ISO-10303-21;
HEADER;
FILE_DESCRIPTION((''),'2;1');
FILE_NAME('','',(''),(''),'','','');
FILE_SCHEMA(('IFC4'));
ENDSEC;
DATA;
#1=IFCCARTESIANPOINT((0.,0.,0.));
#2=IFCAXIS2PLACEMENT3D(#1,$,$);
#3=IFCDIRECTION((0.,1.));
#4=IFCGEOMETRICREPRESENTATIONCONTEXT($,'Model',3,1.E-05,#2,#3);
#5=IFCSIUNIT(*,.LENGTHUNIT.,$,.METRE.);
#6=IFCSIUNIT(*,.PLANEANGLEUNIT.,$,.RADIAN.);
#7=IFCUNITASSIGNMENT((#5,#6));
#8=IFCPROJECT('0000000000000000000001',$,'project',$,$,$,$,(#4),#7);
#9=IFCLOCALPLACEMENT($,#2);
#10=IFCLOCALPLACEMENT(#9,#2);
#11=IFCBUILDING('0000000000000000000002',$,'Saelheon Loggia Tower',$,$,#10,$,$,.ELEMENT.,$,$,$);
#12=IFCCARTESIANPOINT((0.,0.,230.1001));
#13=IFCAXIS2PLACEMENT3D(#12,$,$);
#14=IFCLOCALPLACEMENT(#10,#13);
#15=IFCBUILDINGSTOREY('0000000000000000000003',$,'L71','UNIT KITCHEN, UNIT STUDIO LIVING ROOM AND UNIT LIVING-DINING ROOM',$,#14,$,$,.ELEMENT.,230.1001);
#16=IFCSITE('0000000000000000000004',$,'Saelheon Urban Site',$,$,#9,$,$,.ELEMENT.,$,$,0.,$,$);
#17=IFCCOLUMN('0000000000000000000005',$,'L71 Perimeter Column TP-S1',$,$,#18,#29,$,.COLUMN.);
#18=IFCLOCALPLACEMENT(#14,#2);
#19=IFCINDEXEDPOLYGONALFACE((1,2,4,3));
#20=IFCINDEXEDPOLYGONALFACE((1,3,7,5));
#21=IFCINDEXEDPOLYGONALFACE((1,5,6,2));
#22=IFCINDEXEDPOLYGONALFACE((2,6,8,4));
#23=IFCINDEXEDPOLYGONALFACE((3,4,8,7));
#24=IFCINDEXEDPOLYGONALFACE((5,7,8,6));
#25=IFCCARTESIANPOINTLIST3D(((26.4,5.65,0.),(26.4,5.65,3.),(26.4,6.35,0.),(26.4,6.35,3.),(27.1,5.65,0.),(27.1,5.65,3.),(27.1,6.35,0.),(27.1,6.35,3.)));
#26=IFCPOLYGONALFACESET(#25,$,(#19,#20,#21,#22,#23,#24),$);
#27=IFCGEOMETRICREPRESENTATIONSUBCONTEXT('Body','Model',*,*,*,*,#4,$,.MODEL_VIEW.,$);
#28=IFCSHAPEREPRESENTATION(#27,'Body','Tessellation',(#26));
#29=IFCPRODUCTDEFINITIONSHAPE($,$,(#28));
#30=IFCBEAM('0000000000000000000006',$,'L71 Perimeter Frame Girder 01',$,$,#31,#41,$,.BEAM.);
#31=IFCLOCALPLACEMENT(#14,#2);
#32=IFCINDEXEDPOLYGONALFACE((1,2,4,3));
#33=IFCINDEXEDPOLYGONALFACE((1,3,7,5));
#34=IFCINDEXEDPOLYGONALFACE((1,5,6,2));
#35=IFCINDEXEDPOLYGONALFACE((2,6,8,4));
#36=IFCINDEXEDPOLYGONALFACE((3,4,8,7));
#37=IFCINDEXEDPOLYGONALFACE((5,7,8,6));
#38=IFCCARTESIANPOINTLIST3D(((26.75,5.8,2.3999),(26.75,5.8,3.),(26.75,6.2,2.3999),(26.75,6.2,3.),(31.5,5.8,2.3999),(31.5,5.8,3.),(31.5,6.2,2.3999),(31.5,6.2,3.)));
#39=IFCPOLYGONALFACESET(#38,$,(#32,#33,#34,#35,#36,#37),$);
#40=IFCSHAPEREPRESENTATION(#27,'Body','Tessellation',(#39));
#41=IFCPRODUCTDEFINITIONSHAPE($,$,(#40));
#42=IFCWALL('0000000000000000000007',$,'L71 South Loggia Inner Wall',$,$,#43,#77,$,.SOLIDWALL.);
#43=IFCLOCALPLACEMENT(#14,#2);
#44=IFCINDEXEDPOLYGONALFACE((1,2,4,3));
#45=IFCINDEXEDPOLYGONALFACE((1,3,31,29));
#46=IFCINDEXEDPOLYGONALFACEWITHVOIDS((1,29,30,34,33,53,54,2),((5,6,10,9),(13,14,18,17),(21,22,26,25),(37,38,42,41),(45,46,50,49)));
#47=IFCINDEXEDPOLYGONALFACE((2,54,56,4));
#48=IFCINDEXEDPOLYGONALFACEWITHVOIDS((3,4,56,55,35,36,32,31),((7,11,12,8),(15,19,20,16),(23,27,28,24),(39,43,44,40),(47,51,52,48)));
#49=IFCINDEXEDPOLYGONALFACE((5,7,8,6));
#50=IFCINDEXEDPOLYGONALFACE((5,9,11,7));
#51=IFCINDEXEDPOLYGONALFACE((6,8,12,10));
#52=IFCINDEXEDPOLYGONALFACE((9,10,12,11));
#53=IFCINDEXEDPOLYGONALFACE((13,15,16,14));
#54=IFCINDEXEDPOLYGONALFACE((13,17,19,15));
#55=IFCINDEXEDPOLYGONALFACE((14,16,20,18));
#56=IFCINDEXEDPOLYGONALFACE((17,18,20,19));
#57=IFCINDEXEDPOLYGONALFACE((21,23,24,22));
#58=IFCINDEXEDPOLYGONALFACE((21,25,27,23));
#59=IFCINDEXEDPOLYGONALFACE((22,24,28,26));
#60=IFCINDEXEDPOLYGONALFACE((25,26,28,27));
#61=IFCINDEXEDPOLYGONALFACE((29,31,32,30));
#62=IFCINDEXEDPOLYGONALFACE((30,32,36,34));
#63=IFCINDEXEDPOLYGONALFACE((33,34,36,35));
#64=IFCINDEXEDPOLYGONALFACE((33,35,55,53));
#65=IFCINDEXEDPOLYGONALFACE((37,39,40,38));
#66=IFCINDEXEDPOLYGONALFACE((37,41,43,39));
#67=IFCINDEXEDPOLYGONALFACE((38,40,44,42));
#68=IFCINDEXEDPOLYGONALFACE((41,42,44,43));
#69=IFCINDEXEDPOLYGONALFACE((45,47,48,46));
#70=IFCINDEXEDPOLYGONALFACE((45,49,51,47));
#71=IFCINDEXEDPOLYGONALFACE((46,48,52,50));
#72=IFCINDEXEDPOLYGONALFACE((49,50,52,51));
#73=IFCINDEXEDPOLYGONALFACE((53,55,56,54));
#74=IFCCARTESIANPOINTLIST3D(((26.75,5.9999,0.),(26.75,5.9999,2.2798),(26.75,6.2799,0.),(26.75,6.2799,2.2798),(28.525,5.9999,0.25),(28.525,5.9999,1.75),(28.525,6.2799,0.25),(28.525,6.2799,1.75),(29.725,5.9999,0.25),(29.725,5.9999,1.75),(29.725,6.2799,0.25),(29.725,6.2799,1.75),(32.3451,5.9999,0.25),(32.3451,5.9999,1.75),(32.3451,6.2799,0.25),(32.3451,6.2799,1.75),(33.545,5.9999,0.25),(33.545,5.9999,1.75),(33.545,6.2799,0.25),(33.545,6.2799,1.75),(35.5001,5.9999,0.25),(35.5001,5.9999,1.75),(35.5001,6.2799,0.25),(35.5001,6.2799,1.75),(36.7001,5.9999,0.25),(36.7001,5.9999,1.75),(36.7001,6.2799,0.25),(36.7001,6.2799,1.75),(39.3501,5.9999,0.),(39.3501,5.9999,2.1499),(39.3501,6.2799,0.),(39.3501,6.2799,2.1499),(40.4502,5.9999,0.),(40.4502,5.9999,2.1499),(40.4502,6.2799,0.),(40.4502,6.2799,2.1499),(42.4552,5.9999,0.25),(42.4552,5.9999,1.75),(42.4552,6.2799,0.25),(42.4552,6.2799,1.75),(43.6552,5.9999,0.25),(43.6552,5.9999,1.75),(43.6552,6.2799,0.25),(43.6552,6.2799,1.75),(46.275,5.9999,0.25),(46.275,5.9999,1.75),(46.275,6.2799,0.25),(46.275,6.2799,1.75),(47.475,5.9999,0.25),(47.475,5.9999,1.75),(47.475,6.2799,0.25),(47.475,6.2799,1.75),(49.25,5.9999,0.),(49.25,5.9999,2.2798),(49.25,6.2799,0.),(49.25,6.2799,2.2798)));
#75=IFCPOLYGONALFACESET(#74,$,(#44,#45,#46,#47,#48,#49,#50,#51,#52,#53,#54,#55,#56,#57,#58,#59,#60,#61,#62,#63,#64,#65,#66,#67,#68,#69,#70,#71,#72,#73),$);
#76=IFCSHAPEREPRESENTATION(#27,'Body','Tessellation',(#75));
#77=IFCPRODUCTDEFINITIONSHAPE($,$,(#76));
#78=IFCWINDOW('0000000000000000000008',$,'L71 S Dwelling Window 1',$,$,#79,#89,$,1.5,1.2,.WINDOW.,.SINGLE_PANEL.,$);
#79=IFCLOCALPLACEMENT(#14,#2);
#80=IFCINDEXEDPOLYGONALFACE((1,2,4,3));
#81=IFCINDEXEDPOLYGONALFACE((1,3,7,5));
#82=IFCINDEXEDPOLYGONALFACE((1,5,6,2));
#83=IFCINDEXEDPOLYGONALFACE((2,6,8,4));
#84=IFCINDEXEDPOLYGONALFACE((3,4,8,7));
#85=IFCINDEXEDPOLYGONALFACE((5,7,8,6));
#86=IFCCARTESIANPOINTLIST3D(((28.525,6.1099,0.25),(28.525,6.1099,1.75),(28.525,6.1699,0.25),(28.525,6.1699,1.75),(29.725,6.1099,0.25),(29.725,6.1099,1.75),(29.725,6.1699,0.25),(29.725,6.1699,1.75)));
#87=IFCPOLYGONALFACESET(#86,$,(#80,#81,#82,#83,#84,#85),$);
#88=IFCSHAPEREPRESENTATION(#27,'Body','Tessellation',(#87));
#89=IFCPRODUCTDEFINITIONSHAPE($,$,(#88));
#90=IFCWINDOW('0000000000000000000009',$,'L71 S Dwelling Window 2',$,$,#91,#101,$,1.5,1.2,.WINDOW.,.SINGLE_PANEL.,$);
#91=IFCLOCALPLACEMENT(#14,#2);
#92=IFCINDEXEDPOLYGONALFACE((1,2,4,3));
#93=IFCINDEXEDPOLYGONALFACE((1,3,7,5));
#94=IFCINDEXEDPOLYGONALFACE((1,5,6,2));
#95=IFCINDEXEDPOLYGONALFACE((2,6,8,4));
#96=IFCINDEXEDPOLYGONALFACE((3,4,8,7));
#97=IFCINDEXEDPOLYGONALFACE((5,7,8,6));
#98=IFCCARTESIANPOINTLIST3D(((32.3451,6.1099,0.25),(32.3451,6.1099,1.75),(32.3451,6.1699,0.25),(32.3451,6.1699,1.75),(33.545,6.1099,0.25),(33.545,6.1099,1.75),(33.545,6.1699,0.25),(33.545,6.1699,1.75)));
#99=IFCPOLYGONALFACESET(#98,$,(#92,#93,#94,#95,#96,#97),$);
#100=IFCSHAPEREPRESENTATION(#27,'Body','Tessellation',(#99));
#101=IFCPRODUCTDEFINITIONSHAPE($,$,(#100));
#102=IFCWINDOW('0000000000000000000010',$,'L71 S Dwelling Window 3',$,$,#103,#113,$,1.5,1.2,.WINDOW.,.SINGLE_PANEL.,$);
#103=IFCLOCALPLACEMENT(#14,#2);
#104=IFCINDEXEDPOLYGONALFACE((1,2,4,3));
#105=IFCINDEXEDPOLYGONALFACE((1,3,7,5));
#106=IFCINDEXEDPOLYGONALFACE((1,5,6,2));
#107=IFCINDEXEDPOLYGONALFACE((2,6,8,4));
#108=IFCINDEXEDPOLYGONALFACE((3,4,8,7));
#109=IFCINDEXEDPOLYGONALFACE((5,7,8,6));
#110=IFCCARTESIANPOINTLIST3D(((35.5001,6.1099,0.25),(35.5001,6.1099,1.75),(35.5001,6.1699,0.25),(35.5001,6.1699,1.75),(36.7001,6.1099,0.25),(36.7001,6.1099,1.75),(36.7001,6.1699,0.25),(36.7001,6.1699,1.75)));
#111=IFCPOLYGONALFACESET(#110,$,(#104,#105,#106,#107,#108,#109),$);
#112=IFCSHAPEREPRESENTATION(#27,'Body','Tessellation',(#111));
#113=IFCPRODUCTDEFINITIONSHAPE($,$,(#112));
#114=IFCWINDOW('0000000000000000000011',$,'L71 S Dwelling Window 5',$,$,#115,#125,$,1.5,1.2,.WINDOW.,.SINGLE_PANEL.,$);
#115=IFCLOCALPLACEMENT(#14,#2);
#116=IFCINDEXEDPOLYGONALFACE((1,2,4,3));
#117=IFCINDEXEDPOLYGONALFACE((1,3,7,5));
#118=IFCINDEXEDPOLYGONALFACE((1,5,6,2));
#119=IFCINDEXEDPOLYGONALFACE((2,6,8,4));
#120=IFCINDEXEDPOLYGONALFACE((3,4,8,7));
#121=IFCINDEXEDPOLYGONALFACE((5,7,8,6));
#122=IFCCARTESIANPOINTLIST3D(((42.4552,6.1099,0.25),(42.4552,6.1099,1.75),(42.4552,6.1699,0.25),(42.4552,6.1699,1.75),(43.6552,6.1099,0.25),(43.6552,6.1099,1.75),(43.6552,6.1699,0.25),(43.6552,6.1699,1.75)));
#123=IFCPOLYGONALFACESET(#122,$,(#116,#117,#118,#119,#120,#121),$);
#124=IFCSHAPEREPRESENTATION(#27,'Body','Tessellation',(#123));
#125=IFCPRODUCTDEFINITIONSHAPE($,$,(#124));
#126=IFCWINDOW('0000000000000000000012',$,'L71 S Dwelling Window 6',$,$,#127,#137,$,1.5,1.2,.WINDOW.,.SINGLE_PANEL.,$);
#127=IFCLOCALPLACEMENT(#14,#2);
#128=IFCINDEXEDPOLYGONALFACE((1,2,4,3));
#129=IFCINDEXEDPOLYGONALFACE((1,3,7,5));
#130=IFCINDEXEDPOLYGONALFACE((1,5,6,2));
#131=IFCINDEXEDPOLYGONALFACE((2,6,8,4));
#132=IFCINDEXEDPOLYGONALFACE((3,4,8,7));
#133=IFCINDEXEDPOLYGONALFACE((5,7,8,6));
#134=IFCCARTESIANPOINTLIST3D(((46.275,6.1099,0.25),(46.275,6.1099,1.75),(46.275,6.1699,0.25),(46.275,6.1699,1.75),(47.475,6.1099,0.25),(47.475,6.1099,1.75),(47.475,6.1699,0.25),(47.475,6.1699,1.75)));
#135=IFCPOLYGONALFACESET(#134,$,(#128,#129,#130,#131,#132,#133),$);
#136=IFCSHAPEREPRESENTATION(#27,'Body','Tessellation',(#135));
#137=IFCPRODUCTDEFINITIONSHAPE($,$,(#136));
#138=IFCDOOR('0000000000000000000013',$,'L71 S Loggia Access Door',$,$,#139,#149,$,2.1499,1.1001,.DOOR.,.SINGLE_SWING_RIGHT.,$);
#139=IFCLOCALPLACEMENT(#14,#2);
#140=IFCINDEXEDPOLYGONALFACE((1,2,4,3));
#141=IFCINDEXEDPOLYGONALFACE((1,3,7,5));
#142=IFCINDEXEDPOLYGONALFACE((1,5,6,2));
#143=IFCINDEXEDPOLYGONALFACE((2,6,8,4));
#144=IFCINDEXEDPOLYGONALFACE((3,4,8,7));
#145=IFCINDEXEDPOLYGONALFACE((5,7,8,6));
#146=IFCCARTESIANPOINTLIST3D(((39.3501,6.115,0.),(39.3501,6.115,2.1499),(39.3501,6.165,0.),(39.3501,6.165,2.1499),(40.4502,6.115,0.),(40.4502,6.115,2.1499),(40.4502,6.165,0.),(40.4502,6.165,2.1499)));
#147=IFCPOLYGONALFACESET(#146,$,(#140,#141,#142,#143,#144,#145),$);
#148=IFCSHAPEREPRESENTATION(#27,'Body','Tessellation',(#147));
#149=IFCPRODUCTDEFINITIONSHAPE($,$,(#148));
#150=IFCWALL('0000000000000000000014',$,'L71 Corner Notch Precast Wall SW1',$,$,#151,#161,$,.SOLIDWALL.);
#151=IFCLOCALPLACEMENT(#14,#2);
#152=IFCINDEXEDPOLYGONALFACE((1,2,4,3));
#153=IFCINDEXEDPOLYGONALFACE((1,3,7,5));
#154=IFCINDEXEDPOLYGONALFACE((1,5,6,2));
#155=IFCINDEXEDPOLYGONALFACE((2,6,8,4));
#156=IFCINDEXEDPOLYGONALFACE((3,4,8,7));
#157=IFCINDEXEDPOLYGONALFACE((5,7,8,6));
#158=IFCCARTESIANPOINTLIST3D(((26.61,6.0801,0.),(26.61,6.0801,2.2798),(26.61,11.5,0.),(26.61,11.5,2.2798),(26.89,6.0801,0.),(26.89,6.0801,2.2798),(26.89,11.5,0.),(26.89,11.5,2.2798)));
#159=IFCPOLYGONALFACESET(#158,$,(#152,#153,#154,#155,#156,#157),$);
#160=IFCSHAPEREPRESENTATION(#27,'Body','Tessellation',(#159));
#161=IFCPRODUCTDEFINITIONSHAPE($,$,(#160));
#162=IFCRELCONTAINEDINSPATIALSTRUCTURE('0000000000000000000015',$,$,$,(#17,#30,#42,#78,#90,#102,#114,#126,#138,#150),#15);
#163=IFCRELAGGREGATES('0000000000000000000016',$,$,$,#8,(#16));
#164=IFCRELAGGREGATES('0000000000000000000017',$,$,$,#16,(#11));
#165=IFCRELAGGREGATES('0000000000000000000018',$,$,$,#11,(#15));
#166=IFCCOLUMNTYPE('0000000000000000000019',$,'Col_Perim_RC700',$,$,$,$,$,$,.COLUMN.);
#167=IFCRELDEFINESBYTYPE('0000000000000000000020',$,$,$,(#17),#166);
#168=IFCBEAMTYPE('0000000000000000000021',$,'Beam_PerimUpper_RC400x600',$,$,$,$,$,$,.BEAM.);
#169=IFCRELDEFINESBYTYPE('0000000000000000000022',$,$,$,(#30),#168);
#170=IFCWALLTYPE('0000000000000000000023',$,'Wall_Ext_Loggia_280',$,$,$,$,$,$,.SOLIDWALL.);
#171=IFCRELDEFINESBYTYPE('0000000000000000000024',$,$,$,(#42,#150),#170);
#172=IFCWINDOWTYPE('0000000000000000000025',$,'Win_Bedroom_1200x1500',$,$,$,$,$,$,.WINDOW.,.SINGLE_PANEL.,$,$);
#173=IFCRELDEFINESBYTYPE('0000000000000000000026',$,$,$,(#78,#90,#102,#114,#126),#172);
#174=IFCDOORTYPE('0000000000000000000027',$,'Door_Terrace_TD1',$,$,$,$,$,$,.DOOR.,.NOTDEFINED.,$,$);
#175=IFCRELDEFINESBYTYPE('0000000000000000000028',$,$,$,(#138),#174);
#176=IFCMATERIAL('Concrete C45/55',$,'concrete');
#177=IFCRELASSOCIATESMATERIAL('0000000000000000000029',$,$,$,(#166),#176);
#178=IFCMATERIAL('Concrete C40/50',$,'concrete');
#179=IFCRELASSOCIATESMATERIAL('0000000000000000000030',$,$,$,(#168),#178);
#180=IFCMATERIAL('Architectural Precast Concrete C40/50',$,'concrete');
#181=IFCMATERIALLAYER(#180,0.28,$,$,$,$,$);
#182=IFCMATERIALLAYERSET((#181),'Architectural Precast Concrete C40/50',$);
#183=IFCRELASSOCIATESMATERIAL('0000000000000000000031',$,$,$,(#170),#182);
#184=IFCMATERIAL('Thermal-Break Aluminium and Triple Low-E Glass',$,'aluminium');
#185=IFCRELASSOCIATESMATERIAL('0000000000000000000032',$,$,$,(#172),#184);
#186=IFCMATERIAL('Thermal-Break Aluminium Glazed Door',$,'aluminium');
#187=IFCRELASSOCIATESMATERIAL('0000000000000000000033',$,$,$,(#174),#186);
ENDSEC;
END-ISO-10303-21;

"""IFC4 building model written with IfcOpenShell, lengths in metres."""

from ifc_helpers import new_model, si_unit, direction, frame, frame_2d, origin, origin_2d, place, context, subcontext, project, spatial, rectangle, extrude, source, transform, mapped, material, layer, layer_set, material_profile, profile_set, type_object, element, fill, save


model = new_model("IFC4")

# Units and contexts
model_context = context("Model", 3, precision=1e-05, world=origin(), true_north=direction((0.0, 1.0)))
body_context = subcontext(model_context, "Body", "Model", "MODEL_VIEW")
ifc_project = project(units=[si_unit("LENGTHUNIT", "METRE"), si_unit("PLANEANGLEUNIT", "RADIAN")], contexts=[model_context])

# Site, building, storey
site_placement = place(None, origin())
site = spatial("IfcSite", under=ifc_project, at=site_placement, Name="Saelheon Urban Site", CompositionType="ELEMENT", RefElevation=0.0)
building_placement = place(site_placement, origin())
building = spatial("IfcBuilding", under=site, at=building_placement, Name="Saelheon Loggia Tower", CompositionType="ELEMENT")
storey_placement = place(building_placement, frame((0.0, 0.0, 230.1001)))
storey = spatial("IfcBuildingStorey", under=building, at=storey_placement, Name="L71", Description="UNIT KITCHEN, UNIT STUDIO LIVING ROOM AND UNIT LIVING-DINING ROOM", CompositionType="ELEMENT", Elevation=230.1001)

# Column
ifc_material_1 = material(Name="Concrete C45/55", Category="concrete")
ifc_material_profile_1 = material_profile(ifc_material_1, rectangle(XDim=0.7, YDim=0.7, at=origin_2d()), Name="RC-700x700")
ifc_profile_set_1 = profile_set([ifc_material_profile_1], Name="Concrete C45/55")
column_type = type_object("IfcColumnType", Name="Col_Perim_RC700", PredefinedType="COLUMN", material=ifc_profile_set_1)
shared_shape_1 = source(origin(), body_context, "Body", "SweptSolid", [
    extrude(rectangle(XDim=0.7, YDim=0.7, at=origin_2d()), origin(), (0.0, 0.0, 1.0), 3.0),
])
column_placement = place(storey_placement, frame((26.75, 6.0, 0.0), z_axis=(0.0, 0.0, 1.0), x_axis=(1.0, 0.0, 0.0)))
element("IfcColumn", 1, at=column_placement, inside=storey, type_object=column_type, Name="L71 Perimeter Column TP-S1", PredefinedType="COLUMN", context=body_context, shape_type="MappedRepresentation", body=[
    mapped(shared_shape_1, transform((0.0, 0.0, 0.0), scale=1.0)),
])

# Beam
ifc_material_2 = material(Name="Concrete C40/50", Category="concrete")
ifc_material_profile_2 = material_profile(ifc_material_2, rectangle(XDim=0.3999, YDim=0.6001, at=origin_2d()), Name="RC-400x600")
ifc_profile_set_2 = profile_set([ifc_material_profile_2], Name="Concrete C40/50")
beam_type = type_object("IfcBeamType", Name="Beam_PerimUpper_RC400x600", PredefinedType="BEAM", material=ifc_profile_set_2)
shared_shape_2 = source(origin(), body_context, "Body", "SweptSolid", [
    extrude(rectangle(XDim=0.3999, YDim=0.6001, at=origin_2d()), origin(), (0.0, 0.0, 1.0), 4.75),
])
beam_placement = place(storey_placement, frame((26.75, 6.0, 2.7), z_axis=(1.0, 0.0, 0.0), x_axis=(0.0, 1.0, 0.0)))
element("IfcBeam", 2, at=beam_placement, inside=storey, type_object=beam_type, Name="L71 Perimeter Frame Girder 01", PredefinedType="BEAM", context=body_context, shape_type="MappedRepresentation", body=[
    mapped(shared_shape_2, transform((0.0, 0.0, 0.0), scale=1.0)),
])

# Wall, openings, windows, door
ifc_material_3 = material(Name="Architectural Precast Concrete C40/50", Category="concrete")
ifc_layer_1 = layer(ifc_material_3, 0.28)
ifc_layer_set_1 = layer_set([ifc_layer_1], Name="Architectural Precast Concrete C40/50")
wall_type_1 = type_object("IfcWallType", Name="Wall_Ext_Loggia_280", PredefinedType="SOLIDWALL", material=ifc_layer_set_1)
wall_1_placement = place(storey_placement, frame((26.75, 6.1399, 0.0), z_axis=(0.0, 0.0, 1.0), x_axis=(1.0, 0.0, 0.0)))
wall_1 = element("IfcWall", 3, at=wall_1_placement, inside=storey, type_object=wall_type_1, Name="L71 South Loggia Inner Wall", PredefinedType="SOLIDWALL", context=body_context, shape_type="SweptSolid", body=[
    extrude(rectangle(XDim=22.5, YDim=0.28, at=frame_2d((11.25, 0.0))), origin(), (0.0, 0.0, 1.0), 2.2798),
])
opening_1_placement = place(wall_1_placement, frame((1.7749, 0.0, 0.25)))
opening_1 = element("IfcOpeningElement", 4, at=opening_1_placement, cuts=wall_1, PredefinedType="OPENING", context=body_context, shape_type="SweptSolid", body=[
    extrude(rectangle(XDim=1.2, YDim=1.5, at=frame_2d((0.6001, 0.75))), frame((0.0, 0.1521, 0.0), z_axis=(0.0, -1.0, 0.0), x_axis=(1.0, 0.0, 0.0)), (0.0, 0.0, 1.0), 0.304),
])
opening_2_placement = place(wall_1_placement, frame((5.595, 0.0, 0.25)))
opening_2 = element("IfcOpeningElement", 5, at=opening_2_placement, cuts=wall_1, PredefinedType="OPENING", context=body_context, shape_type="SweptSolid", body=[
    extrude(rectangle(XDim=1.2, YDim=1.5, at=frame_2d((0.6001, 0.75))), frame((0.0, 0.1521, 0.0), z_axis=(0.0, -1.0, 0.0), x_axis=(1.0, 0.0, 0.0)), (0.0, 0.0, 1.0), 0.304),
])
opening_3_placement = place(wall_1_placement, frame((8.75, 0.0, 0.25)))
opening_3 = element("IfcOpeningElement", 6, at=opening_3_placement, cuts=wall_1, PredefinedType="OPENING", context=body_context, shape_type="SweptSolid", body=[
    extrude(rectangle(XDim=1.2, YDim=1.5, at=frame_2d((0.6001, 0.75))), frame((0.0, 0.1521, 0.0), z_axis=(0.0, -1.0, 0.0), x_axis=(1.0, 0.0, 0.0)), (0.0, 0.0, 1.0), 0.304),
])
opening_4_placement = place(wall_1_placement, frame((13.7002, 0.0, 0.0), z_axis=(0.0, 0.0, 1.0), x_axis=(-1.0, 0.0, 0.0)))
opening_4 = element("IfcOpeningElement", 7, at=opening_4_placement, cuts=wall_1, PredefinedType="OPENING", context=body_context, shape_type="SweptSolid", body=[
    extrude(rectangle(XDim=1.1001, YDim=2.1499, at=frame_2d((0.55, 1.075))), frame((0.0, 0.1521, 0.0), z_axis=(0.0, -1.0, 0.0), x_axis=(1.0, 0.0, 0.0)), (0.0, 0.0, 1.0), 0.304),
])
opening_5_placement = place(wall_1_placement, frame((15.7051, 0.0, 0.25)))
opening_5 = element("IfcOpeningElement", 8, at=opening_5_placement, cuts=wall_1, PredefinedType="OPENING", context=body_context, shape_type="SweptSolid", body=[
    extrude(rectangle(XDim=1.2, YDim=1.5, at=frame_2d((0.6001, 0.75))), frame((0.0, 0.1521, 0.0), z_axis=(0.0, -1.0, 0.0), x_axis=(1.0, 0.0, 0.0)), (0.0, 0.0, 1.0), 0.304),
])
opening_6_placement = place(wall_1_placement, frame((19.5249, 0.0, 0.25)))
opening_6 = element("IfcOpeningElement", 9, at=opening_6_placement, cuts=wall_1, PredefinedType="OPENING", context=body_context, shape_type="SweptSolid", body=[
    extrude(rectangle(XDim=1.2, YDim=1.5, at=frame_2d((0.6001, 0.75))), frame((0.0, 0.1521, 0.0), z_axis=(0.0, -1.0, 0.0), x_axis=(1.0, 0.0, 0.0)), (0.0, 0.0, 1.0), 0.304),
])
ifc_material_4 = material(Name="Thermal-Break Aluminium and Triple Low-E Glass", Category="aluminium")
window_type_1 = type_object("IfcWindowType", Name="Win_Bedroom_1200x1500", PartitioningType="SINGLE_PANEL", PredefinedType="WINDOW", material=ifc_material_4)
shared_shape_3 = source(origin(), body_context, "Body", "SweptSolid", [
    extrude(rectangle(XDim=1.2, YDim=1.5, at=frame_2d((0.6001, 0.75))), frame((0.0, 0.03, 0.0), z_axis=(0.0, -1.0, 0.0), x_axis=(1.0, 0.0, 0.0)), (0.0, 0.0, 1.0), 0.0601),
])
window_1_placement = place(opening_1_placement, origin())
window_1 = element("IfcWindow", 10, at=window_1_placement, inside=storey, type_object=window_type_1, Name="L71 S Dwelling Window 1", OverallHeight=1.5, OverallWidth=1.2, PartitioningType="SINGLE_PANEL", PredefinedType="WINDOW", context=body_context, shape_type="MappedRepresentation", body=[
    mapped(shared_shape_3, transform((0.0, 0.0, 0.0), scale=1.0)),
])
fill(opening_1, window_1)
window_2_placement = place(opening_2_placement, origin())
window_2 = element("IfcWindow", 11, at=window_2_placement, inside=storey, type_object=window_type_1, Name="L71 S Dwelling Window 2", OverallHeight=1.5, OverallWidth=1.2, PartitioningType="SINGLE_PANEL", PredefinedType="WINDOW", context=body_context, shape_type="MappedRepresentation", body=[
    mapped(shared_shape_3, transform((0.0, 0.0, 0.0), scale=1.0)),
])
fill(opening_2, window_2)
window_3_placement = place(opening_3_placement, origin())
window_3 = element("IfcWindow", 12, at=window_3_placement, inside=storey, type_object=window_type_1, Name="L71 S Dwelling Window 3", OverallHeight=1.5, OverallWidth=1.2, PartitioningType="SINGLE_PANEL", PredefinedType="WINDOW", context=body_context, shape_type="MappedRepresentation", body=[
    mapped(shared_shape_3, transform((0.0, 0.0, 0.0), scale=1.0)),
])
fill(opening_3, window_3)
window_4_placement = place(opening_5_placement, origin())
window_4 = element("IfcWindow", 13, at=window_4_placement, inside=storey, type_object=window_type_1, Name="L71 S Dwelling Window 5", OverallHeight=1.5, OverallWidth=1.2, PartitioningType="SINGLE_PANEL", PredefinedType="WINDOW", context=body_context, shape_type="MappedRepresentation", body=[
    mapped(shared_shape_3, transform((0.0, 0.0, 0.0), scale=1.0)),
])
fill(opening_5, window_4)
window_5_placement = place(opening_6_placement, origin())
window_5 = element("IfcWindow", 14, at=window_5_placement, inside=storey, type_object=window_type_1, Name="L71 S Dwelling Window 6", OverallHeight=1.5, OverallWidth=1.2, PartitioningType="SINGLE_PANEL", PredefinedType="WINDOW", context=body_context, shape_type="MappedRepresentation", body=[
    mapped(shared_shape_3, transform((0.0, 0.0, 0.0), scale=1.0)),
])
fill(opening_6, window_5)
ifc_material_5 = material(Name="Thermal-Break Aluminium Glazed Door", Category="aluminium")
door_type_1 = type_object("IfcDoorType", Name="Door_Terrace_TD1", OperationType="NOTDEFINED", PredefinedType="DOOR", material=ifc_material_5)
shared_shape_4 = source(origin(), body_context, "Body", "SweptSolid", [
    extrude(rectangle(XDim=1.1001, YDim=2.1499, at=frame_2d((0.55, 1.075))), frame((0.0, 0.0249, 0.0), z_axis=(0.0, -1.0, 0.0), x_axis=(1.0, 0.0, 0.0)), (0.0, 0.0, 1.0), 0.05),
])
door_1_placement = place(opening_4_placement, origin())
door_1 = element("IfcDoor", 15, at=door_1_placement, inside=storey, type_object=door_type_1, Name="L71 S Loggia Access Door", OperationType="SINGLE_SWING_RIGHT", OverallHeight=2.1499, OverallWidth=1.1001, PredefinedType="DOOR", context=body_context, shape_type="MappedRepresentation", body=[
    mapped(shared_shape_4, transform((0.0, 0.0, 0.0), scale=1.0)),
])
fill(opening_4, door_1)

# Wall
for number, where, z_axis, x_axis, name in (
    (16, (26.75, 6.0801, 0.0), (0.0, 0.0, 1.0), (0.0, 1.0, 0.0), "L71 Corner Notch Precast Wall SW1"),
):
    element("IfcWall", number, at=place(storey_placement, frame(where, z_axis=z_axis, x_axis=x_axis)), inside=storey, type_object=wall_type_1, Name=name, PredefinedType="SOLIDWALL", context=body_context, shape_type="SweptSolid", body=[
        extrude(rectangle(XDim=5.4199, YDim=0.28, at=frame_2d((2.71, 0.0))), origin(), (0.0, 0.0, 1.0), 2.2798),
    ])

save(model, "model.ifc")
